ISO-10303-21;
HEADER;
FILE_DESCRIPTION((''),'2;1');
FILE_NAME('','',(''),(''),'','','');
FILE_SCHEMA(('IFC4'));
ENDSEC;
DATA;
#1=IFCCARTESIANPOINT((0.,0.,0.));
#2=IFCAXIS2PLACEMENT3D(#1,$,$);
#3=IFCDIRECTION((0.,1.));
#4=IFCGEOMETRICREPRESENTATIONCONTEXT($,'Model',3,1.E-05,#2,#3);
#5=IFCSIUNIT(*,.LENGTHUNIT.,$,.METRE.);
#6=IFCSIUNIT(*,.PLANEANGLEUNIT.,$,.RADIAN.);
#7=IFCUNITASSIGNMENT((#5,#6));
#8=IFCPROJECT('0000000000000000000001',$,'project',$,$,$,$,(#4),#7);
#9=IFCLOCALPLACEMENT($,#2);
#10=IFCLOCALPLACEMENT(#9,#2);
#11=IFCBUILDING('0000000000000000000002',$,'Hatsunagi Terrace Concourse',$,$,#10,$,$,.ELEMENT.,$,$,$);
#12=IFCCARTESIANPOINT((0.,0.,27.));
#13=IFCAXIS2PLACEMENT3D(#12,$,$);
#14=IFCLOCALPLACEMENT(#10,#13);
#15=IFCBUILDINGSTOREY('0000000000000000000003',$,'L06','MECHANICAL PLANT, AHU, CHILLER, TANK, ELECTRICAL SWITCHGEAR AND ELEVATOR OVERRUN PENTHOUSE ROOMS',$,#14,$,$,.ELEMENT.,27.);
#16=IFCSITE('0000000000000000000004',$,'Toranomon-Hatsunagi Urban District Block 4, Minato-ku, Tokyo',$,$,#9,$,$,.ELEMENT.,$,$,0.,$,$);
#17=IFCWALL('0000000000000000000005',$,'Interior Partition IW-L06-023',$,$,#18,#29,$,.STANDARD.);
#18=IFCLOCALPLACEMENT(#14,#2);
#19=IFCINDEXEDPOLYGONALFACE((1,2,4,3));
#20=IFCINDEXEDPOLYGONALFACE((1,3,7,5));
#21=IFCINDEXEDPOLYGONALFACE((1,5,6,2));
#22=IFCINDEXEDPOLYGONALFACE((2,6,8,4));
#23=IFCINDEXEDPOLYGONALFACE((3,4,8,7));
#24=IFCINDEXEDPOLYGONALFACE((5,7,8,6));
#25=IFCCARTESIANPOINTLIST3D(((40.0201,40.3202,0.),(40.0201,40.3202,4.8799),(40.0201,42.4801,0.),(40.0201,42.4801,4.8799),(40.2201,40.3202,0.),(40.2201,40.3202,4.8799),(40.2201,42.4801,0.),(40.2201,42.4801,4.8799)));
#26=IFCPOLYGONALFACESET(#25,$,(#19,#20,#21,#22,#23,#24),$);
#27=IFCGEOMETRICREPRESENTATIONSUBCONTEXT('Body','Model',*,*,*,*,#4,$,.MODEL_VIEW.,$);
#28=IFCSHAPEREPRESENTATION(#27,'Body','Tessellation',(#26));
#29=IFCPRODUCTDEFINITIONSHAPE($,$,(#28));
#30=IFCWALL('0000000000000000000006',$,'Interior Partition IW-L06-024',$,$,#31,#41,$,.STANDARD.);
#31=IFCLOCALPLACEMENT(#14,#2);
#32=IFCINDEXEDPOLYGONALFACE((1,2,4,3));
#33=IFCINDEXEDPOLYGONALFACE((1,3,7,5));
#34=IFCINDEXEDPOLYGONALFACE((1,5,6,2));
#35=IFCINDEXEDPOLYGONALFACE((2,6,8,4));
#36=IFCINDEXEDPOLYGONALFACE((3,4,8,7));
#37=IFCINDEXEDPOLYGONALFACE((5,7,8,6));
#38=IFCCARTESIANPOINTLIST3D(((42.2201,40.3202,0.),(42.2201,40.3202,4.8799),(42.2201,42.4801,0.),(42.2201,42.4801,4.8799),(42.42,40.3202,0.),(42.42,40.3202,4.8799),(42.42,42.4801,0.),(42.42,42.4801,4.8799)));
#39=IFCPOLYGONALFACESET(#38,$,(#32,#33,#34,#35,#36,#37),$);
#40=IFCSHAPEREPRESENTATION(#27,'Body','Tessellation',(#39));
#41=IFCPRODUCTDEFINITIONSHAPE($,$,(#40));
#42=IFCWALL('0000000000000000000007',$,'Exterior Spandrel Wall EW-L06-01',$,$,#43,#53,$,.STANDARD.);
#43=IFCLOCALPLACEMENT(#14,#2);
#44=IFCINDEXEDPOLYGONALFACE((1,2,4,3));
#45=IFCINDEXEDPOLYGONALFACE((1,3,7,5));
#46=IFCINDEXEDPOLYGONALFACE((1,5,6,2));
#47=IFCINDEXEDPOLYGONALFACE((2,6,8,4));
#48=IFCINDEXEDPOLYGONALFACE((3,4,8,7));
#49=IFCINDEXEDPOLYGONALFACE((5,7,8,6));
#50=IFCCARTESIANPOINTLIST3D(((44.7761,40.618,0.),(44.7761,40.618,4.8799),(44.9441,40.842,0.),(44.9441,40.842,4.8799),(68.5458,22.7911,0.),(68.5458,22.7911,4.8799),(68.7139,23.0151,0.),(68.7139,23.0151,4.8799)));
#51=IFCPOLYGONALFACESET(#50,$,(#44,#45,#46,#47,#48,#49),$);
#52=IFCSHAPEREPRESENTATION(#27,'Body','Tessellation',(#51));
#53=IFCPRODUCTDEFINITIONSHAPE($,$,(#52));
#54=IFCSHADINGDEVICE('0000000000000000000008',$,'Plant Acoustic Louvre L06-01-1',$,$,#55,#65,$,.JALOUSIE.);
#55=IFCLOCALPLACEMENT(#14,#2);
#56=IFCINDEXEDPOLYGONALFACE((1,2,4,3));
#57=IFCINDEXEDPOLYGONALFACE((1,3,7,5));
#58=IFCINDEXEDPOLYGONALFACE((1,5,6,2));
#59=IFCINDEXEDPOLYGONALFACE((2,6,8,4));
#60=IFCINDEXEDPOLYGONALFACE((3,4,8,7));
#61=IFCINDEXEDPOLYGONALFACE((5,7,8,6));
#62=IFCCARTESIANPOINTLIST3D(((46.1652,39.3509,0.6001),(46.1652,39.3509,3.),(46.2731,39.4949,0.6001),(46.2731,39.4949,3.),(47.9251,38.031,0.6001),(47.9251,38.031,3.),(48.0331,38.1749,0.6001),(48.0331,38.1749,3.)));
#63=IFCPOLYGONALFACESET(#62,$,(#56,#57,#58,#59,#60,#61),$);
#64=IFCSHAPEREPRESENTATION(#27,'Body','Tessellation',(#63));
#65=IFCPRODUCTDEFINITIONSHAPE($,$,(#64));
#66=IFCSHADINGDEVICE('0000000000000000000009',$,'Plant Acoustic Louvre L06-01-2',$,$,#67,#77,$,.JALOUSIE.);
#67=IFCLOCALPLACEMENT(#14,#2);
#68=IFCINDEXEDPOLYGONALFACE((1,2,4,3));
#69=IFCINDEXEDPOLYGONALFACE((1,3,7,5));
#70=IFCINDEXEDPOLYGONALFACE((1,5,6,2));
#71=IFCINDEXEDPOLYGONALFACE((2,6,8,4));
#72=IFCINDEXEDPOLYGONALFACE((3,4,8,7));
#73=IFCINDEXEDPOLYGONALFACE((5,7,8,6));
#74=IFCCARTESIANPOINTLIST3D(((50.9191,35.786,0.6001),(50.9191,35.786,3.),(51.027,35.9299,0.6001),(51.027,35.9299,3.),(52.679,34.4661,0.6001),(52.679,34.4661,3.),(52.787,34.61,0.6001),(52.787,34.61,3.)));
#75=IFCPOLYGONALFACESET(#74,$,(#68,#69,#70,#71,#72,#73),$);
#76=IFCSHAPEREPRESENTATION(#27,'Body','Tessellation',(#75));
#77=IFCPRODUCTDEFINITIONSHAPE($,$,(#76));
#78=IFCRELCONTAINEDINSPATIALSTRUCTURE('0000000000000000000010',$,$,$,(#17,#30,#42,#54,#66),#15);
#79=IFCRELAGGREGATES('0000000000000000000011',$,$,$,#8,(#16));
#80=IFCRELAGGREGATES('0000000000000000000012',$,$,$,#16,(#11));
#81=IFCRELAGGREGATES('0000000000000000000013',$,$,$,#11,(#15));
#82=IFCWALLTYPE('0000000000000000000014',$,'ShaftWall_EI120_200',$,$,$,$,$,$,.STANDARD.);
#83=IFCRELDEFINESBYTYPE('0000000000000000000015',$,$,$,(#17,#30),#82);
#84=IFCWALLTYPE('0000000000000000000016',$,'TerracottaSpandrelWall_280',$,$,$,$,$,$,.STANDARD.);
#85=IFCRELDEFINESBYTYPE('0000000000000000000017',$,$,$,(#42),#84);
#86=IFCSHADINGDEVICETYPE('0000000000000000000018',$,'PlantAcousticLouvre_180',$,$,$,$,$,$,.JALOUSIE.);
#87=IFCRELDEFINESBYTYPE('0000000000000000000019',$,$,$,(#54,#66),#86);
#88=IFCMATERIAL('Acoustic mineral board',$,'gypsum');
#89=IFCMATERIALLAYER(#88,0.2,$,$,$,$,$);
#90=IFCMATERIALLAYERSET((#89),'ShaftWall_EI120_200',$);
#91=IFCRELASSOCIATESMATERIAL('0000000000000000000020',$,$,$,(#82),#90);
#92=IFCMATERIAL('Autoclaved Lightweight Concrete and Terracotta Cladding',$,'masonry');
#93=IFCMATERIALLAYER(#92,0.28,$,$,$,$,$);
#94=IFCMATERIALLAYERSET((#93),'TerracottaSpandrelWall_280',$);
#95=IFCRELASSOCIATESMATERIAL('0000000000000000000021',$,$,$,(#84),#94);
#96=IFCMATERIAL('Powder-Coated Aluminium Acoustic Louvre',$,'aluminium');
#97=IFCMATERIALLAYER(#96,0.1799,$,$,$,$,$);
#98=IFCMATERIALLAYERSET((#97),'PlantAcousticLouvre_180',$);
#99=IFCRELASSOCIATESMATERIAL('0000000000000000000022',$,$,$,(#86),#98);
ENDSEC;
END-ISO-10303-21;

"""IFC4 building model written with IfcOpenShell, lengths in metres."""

from ifc_helpers import new_model, si_unit, direction, frame, frame_2d, origin, origin_2d, place, context, subcontext, project, spatial, rectangle, extrude, material, layer, layer_set, type_object, element, save


model = new_model("IFC4")

# Units and contexts
model_context = context("Model", 3, precision=1e-05, world=origin(), true_north=direction((0.0, 1.0)))
body_context = subcontext(model_context, "Body", "Model", "MODEL_VIEW")
ifc_project = project(units=[si_unit("LENGTHUNIT", "METRE"), si_unit("PLANEANGLEUNIT", "RADIAN")], contexts=[model_context])

# Site, building, storey
site_placement = place(None, origin())
site = spatial("IfcSite", under=ifc_project, at=site_placement, Name="Toranomon-Hatsunagi Urban District Block 4, Minato-ku, Tokyo", CompositionType="ELEMENT", RefElevation=0.0)
building_placement = place(site_placement, origin())
building = spatial("IfcBuilding", under=site, at=building_placement, Name="Hatsunagi Terrace Concourse", CompositionType="ELEMENT")
storey_placement = place(building_placement, frame((0.0, 0.0, 27.0)))
storey = spatial("IfcBuildingStorey", under=building, at=storey_placement, Name="L06", Description="MECHANICAL PLANT, AHU, CHILLER, TANK, ELECTRICAL SWITCHGEAR AND ELEVATOR OVERRUN PENTHOUSE ROOMS", CompositionType="ELEMENT", Elevation=27.0)

# Walls
ifc_material_1 = material(Name="Acoustic mineral board", Category="gypsum")
ifc_layer_1 = layer(ifc_material_1, 0.2)
ifc_layer_set_1 = layer_set([ifc_layer_1], Name="ShaftWall_EI120_200")
wall_type_1 = type_object("IfcWallType", Name="ShaftWall_EI120_200", PredefinedType="STANDARD", material=ifc_layer_set_1)
for number, where, z_axis, x_axis, name in (
    (1, (40.1201, 40.3201, 0.0), (0.0, 0.0, 1.0), (0.0, 1.0, 0.0), "Interior Partition IW-L06-023"),
    (2, (42.3201, 40.3201, 0.0), (0.0, 0.0, 1.0), (0.0, 1.0, 0.0), "Interior Partition IW-L06-024"),
):
    element("IfcWall", number, at=place(storey_placement, frame(where, z_axis=z_axis, x_axis=x_axis)), inside=storey, type_object=wall_type_1, Name=name, PredefinedType="STANDARD", context=body_context, shape_type="SweptSolid", body=[
        extrude(rectangle(XDim=2.1599, YDim=0.2, at=frame_2d((1.0801, 0.0))), origin(), (0.0, 0.0, 1.0), 4.8799),
    ])
ifc_material_2 = material(Name="Autoclaved Lightweight Concrete and Terracotta Cladding", Category="masonry")
ifc_layer_2 = layer(ifc_material_2, 0.28)
ifc_layer_set_2 = layer_set([ifc_layer_2], Name="TerracottaSpandrelWall_280")
wall_type_2 = type_object("IfcWallType", Name="TerracottaSpandrelWall_280", PredefinedType="STANDARD", material=ifc_layer_set_2)
wall_1_placement = place(storey_placement, frame((44.8601, 40.73, 0.0), z_axis=(0.0, 0.0, 1.0), x_axis=(0.800007, -0.599991, 0.0)))
element("IfcWall", 3, at=wall_1_placement, inside=storey, type_object=wall_type_2, Name="Exterior Spandrel Wall EW-L06-01", PredefinedType="STANDARD", context=body_context, shape_type="SweptSolid", body=[
    extrude(rectangle(XDim=29.7119, YDim=0.28, at=frame_2d((14.856, 0.0))), origin(), (0.0, 0.0, 1.0), 4.8799),
])

# Shading devices
ifc_material_3 = material(Name="Powder-Coated Aluminium Acoustic Louvre", Category="aluminium")
ifc_layer_3 = layer(ifc_material_3, 0.1799)
ifc_layer_set_3 = layer_set([ifc_layer_3], Name="PlantAcousticLouvre_180")
shading_device_type = type_object("IfcShadingDeviceType", Name="PlantAcousticLouvre_180", PredefinedType="JALOUSIE", material=ifc_layer_set_3)
for number, where, z_axis, x_axis, name in (
    (4, (47.0991, 38.7629, 0.6001), (0.0, 0.0, 1.0), (0.800008, -0.599989, 0.0), "Plant Acoustic Louvre L06-01-1"),
    (5, (51.853, 35.198, 0.6001), (0.0, 0.0, 1.0), (0.800008, -0.599989, 0.0), "Plant Acoustic Louvre L06-01-2"),
):
    element("IfcShadingDevice", number, at=place(storey_placement, frame(where, z_axis=z_axis, x_axis=x_axis)), inside=storey, type_object=shading_device_type, Name=name, PredefinedType="JALOUSIE", context=body_context, shape_type="SweptSolid", body=[
        extrude(rectangle(XDim=2.2, YDim=0.1799, at=origin_2d()), origin(), (0.0, 0.0, 1.0), 2.3999),
    ])

save(model, "model.ifc")
